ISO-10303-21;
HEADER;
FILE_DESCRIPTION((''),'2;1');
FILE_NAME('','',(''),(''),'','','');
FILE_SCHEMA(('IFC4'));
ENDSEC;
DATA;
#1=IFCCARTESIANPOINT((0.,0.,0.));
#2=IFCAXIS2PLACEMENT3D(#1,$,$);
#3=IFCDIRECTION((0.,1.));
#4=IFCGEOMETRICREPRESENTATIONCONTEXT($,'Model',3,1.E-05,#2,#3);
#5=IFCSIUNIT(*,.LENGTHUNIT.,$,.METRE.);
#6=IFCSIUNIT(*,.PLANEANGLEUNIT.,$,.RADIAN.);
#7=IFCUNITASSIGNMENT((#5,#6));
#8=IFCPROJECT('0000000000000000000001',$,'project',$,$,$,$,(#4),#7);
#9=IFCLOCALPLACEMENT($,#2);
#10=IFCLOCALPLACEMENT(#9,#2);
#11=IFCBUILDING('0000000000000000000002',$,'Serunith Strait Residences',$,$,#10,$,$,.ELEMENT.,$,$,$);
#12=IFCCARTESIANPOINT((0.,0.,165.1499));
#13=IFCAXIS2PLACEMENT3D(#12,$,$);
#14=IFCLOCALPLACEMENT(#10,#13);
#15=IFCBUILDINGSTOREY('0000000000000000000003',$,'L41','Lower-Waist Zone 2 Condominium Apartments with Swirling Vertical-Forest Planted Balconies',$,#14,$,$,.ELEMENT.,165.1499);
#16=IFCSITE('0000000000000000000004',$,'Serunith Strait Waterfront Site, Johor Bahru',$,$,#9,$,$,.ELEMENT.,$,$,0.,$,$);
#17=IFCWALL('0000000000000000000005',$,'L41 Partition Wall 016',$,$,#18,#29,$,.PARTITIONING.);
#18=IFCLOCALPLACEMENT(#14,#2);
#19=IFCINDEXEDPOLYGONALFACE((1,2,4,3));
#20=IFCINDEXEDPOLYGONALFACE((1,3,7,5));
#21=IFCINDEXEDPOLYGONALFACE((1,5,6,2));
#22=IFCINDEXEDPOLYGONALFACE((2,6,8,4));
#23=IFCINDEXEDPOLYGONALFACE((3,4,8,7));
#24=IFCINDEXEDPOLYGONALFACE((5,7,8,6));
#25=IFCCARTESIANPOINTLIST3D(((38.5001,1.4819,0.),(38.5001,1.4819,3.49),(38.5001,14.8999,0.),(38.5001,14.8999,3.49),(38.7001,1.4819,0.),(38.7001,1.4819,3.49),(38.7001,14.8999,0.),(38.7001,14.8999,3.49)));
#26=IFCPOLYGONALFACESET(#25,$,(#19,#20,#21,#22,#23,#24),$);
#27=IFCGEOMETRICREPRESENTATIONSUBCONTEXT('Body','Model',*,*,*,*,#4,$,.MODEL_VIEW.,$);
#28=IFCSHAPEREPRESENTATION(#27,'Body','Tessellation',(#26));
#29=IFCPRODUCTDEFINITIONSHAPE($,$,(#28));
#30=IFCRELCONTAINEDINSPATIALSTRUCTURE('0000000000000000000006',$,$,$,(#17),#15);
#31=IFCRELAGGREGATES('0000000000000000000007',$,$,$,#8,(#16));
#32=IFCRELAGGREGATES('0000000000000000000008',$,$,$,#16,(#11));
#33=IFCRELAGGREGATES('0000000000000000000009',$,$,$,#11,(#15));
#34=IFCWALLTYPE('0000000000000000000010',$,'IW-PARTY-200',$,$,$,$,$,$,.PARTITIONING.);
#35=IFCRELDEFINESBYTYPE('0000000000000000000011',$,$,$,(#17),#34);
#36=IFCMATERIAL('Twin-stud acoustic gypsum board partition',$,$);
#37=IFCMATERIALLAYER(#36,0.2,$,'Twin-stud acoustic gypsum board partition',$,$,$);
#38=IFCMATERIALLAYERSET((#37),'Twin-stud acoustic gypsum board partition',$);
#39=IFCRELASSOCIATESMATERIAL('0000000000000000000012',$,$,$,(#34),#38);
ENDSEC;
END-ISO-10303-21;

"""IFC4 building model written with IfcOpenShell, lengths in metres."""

from ifc_helpers import new_model, si_unit, direction, frame, frame_2d, origin, place, context, subcontext, project, spatial, rectangle, extrude, material, layer, layer_set, type_object, element, save


model = new_model("IFC4")

# Units and contexts
model_context = context("Model", 3, precision=1e-05, world=origin(), true_north=direction((0.0, 1.0)))
body_context = subcontext(model_context, "Body", "Model", "MODEL_VIEW")
ifc_project = project(units=[si_unit("LENGTHUNIT", "METRE"), si_unit("PLANEANGLEUNIT", "RADIAN")], contexts=[model_context])

# Site, building, storey
site_placement = place(None, origin())
site = spatial("IfcSite", under=ifc_project, at=site_placement, Name="Serunith Strait Waterfront Site, Johor Bahru", CompositionType="ELEMENT", RefElevation=0.0)
building_placement = place(site_placement, origin())
building = spatial("IfcBuilding", under=site, at=building_placement, Name="Serunith Strait Residences", CompositionType="ELEMENT")
storey_placement = place(building_placement, frame((0.0, 0.0, 165.1499)))
storey = spatial("IfcBuildingStorey", under=building, at=storey_placement, Name="L41", Description="Lower-Waist Zone 2 Condominium Apartments with Swirling Vertical-Forest Planted Balconies", CompositionType="ELEMENT", Elevation=165.1499)

# Wall
ifc_material_1 = material(Name="Twin-stud acoustic gypsum board partition")
ifc_layer_1 = layer(ifc_material_1, 0.2, Name="Twin-stud acoustic gypsum board partition")
ifc_layer_set_1 = layer_set([ifc_layer_1], Name="Twin-stud acoustic gypsum board partition")
wall_type_1 = type_object("IfcWallType", Name="IW-PARTY-200", PredefinedType="PARTITIONING", material=ifc_layer_set_1)
wall_1_placement = place(storey_placement, frame((38.6001, 1.4819, 0.0), z_axis=(0.0, 0.0, 1.0), x_axis=(0.0, 1.0, 0.0)))
element("IfcWall", 1, at=wall_1_placement, inside=storey, type_object=wall_type_1, Name="L41 Partition Wall 016", PredefinedType="PARTITIONING", context=body_context, shape_type="SweptSolid", body=[
    extrude(rectangle(XDim=13.418, YDim=0.2, at=frame_2d((6.709, 0.0))), origin(), (0.0, 0.0, 1.0), 3.49),
])

save(model, "model.ifc")
